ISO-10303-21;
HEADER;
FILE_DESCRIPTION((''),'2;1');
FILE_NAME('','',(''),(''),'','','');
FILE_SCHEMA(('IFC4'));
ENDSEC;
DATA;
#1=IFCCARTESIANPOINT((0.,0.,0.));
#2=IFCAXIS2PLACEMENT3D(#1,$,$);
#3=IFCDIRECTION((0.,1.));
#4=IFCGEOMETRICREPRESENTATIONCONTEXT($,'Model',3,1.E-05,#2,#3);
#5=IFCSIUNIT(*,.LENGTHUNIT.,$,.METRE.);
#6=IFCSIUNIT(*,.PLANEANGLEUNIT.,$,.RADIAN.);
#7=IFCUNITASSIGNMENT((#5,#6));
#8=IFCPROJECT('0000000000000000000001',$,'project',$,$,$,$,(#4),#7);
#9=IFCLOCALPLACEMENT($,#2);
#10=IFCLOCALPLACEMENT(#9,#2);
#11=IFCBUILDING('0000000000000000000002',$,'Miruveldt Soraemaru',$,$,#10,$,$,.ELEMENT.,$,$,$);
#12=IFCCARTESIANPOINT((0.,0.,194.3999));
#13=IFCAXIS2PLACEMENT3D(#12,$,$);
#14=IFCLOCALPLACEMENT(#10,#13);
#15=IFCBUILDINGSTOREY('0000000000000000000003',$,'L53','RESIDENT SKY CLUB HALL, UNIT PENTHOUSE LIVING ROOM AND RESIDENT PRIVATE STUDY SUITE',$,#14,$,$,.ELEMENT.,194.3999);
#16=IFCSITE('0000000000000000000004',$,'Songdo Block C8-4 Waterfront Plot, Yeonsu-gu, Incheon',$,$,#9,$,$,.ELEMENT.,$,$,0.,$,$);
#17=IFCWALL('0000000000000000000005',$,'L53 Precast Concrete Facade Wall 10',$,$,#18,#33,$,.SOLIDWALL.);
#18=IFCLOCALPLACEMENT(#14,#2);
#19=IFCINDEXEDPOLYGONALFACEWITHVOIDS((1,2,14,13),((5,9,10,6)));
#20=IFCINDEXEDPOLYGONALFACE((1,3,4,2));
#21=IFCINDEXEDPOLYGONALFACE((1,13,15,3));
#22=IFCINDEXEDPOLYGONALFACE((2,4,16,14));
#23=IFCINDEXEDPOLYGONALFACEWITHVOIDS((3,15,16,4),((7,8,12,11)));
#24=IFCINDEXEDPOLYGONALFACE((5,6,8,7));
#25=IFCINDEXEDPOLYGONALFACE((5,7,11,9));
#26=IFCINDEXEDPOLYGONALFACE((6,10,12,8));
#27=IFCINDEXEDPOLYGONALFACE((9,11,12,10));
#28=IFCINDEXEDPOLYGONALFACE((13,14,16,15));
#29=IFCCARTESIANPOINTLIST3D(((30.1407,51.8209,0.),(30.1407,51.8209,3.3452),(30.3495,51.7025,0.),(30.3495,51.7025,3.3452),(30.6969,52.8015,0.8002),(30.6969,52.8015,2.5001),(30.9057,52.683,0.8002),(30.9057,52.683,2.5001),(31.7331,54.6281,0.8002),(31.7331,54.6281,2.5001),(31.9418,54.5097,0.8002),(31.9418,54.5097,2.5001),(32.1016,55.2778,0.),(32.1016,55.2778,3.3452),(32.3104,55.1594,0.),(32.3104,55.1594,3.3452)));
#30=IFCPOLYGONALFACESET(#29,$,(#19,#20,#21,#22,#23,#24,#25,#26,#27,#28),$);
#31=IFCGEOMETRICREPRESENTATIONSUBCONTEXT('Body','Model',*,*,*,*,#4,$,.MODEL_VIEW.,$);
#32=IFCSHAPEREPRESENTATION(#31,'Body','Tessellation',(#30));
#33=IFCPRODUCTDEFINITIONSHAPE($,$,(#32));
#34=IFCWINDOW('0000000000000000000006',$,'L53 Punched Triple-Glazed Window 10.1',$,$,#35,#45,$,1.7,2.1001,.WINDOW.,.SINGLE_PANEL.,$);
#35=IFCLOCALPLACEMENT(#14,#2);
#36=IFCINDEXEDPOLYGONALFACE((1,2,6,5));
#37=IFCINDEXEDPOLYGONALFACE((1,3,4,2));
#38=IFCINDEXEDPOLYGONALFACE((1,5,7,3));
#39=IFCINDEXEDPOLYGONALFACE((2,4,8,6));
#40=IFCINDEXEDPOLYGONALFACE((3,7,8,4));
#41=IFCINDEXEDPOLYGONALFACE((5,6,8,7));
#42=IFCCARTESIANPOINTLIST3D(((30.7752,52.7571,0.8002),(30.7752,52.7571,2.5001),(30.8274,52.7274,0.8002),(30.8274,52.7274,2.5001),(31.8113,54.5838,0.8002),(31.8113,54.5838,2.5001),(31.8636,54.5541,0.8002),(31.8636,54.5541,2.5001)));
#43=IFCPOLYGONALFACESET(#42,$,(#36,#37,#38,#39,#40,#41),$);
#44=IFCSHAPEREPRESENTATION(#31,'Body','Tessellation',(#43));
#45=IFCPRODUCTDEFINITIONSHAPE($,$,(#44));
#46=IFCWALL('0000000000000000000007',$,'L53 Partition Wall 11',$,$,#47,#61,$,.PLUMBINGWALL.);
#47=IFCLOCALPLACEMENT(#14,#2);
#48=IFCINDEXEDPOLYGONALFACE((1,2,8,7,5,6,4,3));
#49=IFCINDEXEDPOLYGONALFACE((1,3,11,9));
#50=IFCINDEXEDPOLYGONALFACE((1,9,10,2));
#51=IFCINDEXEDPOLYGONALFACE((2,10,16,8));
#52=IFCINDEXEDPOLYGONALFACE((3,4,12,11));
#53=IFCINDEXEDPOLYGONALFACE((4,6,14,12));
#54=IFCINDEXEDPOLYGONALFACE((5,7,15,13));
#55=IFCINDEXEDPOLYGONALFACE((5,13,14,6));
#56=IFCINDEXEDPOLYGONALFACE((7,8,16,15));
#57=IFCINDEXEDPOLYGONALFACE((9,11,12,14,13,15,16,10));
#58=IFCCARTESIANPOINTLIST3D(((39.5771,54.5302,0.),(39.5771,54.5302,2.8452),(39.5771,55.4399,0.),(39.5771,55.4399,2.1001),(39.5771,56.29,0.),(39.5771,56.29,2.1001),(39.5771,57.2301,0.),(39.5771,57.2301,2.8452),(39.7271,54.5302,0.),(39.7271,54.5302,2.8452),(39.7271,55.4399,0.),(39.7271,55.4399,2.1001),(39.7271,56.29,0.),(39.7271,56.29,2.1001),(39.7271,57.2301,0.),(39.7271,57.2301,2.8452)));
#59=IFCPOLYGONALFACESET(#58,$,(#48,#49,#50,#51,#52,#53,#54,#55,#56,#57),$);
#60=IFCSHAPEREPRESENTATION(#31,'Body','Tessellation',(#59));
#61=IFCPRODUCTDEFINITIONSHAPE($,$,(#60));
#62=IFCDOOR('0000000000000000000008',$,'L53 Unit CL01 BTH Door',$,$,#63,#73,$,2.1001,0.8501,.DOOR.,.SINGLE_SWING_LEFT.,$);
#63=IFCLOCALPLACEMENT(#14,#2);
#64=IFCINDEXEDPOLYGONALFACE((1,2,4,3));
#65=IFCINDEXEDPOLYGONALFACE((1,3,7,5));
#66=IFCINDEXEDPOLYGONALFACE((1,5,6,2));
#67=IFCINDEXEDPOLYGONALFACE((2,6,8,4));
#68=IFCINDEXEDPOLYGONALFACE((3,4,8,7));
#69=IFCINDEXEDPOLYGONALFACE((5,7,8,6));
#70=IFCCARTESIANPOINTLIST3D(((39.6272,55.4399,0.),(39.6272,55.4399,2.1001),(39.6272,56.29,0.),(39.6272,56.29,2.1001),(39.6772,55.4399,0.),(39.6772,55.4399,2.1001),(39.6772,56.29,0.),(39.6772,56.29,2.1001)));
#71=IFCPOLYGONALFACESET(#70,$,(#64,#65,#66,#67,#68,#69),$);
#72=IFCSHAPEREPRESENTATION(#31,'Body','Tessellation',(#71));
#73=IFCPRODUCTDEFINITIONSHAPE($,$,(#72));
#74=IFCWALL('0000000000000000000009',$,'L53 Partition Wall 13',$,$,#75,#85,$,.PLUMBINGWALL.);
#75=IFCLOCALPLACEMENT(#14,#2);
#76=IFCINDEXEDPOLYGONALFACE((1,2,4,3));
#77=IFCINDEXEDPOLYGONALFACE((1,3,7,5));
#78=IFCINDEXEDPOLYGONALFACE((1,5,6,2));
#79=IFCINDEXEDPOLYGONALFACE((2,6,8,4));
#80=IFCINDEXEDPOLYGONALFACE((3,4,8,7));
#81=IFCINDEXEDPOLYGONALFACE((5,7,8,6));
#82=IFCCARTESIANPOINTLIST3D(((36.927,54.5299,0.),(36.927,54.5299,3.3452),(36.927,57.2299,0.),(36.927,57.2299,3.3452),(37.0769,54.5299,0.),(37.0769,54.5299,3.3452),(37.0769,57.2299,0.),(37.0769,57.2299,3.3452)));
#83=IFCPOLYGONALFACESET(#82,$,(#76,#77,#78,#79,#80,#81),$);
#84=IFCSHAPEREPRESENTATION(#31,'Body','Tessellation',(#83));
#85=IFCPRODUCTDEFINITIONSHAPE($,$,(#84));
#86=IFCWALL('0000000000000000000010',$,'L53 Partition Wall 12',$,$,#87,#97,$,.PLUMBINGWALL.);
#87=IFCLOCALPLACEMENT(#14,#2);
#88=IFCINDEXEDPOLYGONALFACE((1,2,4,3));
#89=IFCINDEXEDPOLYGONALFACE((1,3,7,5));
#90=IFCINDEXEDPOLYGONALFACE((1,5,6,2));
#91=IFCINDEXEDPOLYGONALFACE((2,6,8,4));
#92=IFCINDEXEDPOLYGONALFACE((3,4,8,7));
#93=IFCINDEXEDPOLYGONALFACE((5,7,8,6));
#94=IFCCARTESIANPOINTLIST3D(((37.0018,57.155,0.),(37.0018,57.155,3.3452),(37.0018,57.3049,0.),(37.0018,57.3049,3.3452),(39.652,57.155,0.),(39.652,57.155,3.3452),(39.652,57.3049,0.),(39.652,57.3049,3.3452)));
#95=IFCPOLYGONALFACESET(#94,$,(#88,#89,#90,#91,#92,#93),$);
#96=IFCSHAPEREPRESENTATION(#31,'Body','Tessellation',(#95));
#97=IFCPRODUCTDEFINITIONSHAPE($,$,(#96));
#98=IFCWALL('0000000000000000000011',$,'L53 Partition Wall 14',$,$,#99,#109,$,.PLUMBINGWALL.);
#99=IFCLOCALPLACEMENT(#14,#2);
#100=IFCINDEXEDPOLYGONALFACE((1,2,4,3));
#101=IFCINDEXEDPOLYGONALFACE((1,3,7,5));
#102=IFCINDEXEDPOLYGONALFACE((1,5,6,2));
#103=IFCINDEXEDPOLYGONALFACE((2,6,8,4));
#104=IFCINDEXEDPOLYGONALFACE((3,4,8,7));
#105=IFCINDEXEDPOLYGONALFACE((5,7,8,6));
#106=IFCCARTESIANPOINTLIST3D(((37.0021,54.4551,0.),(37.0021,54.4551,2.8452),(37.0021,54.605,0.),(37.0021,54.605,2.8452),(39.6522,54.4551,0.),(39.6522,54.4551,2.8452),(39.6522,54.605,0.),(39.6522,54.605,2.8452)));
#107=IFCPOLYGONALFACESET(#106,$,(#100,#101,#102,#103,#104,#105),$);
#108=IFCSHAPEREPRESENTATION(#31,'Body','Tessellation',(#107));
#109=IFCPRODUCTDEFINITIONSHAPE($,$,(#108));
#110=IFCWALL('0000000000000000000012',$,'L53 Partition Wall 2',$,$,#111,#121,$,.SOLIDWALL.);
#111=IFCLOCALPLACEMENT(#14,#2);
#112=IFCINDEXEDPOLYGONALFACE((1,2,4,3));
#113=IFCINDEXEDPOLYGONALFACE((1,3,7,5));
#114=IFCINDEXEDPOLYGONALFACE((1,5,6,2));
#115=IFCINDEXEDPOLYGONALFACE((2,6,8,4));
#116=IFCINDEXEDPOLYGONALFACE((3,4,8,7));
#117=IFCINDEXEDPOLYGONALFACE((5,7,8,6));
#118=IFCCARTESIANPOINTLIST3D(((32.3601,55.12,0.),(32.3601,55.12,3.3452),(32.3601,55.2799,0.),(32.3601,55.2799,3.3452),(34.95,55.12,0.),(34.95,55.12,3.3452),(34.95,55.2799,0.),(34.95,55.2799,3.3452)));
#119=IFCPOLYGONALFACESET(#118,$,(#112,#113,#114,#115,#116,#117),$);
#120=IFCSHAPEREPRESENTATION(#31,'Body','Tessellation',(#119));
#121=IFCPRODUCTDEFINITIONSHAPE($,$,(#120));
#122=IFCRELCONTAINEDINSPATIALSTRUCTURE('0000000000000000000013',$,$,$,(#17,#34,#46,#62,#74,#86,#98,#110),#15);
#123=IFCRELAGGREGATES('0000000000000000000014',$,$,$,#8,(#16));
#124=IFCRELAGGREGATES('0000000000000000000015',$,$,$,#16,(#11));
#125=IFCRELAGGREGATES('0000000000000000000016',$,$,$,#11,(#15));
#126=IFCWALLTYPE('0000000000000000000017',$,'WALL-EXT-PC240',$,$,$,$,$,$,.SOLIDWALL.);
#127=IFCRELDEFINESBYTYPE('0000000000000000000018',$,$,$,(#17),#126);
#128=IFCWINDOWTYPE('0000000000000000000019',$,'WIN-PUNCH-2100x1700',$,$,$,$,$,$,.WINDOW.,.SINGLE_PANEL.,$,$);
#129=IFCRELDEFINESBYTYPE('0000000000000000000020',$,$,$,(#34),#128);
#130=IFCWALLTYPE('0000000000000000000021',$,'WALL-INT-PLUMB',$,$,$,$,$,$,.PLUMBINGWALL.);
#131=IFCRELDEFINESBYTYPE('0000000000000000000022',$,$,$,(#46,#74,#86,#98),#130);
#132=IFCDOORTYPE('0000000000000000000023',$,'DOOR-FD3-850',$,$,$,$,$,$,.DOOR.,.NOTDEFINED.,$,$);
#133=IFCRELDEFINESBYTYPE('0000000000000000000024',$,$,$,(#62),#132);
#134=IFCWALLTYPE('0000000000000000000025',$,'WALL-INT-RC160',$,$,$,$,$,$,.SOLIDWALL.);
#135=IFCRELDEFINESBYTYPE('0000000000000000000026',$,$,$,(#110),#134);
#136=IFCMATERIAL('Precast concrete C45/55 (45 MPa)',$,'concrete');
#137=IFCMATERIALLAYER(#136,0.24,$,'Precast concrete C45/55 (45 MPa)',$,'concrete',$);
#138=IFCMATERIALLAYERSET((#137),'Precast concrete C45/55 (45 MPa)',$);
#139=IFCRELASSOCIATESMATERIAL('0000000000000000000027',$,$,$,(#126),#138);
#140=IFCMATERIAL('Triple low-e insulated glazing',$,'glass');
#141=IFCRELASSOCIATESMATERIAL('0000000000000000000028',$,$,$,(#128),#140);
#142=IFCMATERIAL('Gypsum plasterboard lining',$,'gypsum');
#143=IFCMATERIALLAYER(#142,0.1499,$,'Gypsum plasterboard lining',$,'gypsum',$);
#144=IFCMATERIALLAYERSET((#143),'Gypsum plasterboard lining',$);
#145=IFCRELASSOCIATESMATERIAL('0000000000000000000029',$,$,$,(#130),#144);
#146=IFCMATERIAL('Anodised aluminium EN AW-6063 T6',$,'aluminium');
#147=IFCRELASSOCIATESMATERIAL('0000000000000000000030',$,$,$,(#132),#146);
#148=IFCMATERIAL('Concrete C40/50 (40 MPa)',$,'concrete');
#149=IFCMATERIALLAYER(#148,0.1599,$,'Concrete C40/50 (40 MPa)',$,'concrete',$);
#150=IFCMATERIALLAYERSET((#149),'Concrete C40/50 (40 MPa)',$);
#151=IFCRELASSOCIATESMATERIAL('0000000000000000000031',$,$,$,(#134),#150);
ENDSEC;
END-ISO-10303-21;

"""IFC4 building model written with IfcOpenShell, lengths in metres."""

from ifc_helpers import new_model, si_unit, direction, frame, frame_2d, origin, place, context, subcontext, project, spatial, rectangle, extrude, material, layer, layer_set, type_object, element, fill, save


model = new_model("IFC4")

# Units and contexts
model_context = context("Model", 3, precision=1e-05, world=origin(), true_north=direction((0.0, 1.0)))
body_context = subcontext(model_context, "Body", "Model", "MODEL_VIEW")
ifc_project = project(units=[si_unit("LENGTHUNIT", "METRE"), si_unit("PLANEANGLEUNIT", "RADIAN")], contexts=[model_context])

# Site, building, storey
site_placement = place(None, origin())
site = spatial("IfcSite", under=ifc_project, at=site_placement, Name="Songdo Block C8-4 Waterfront Plot, Yeonsu-gu, Incheon", CompositionType="ELEMENT", RefElevation=0.0)
building_placement = place(site_placement, origin())
building = spatial("IfcBuilding", under=site, at=building_placement, Name="Miruveldt Soraemaru", CompositionType="ELEMENT")
storey_placement = place(building_placement, frame((0.0, 0.0, 194.3999)))
storey = spatial("IfcBuildingStorey", under=building, at=storey_placement, Name="L53", Description="RESIDENT SKY CLUB HALL, UNIT PENTHOUSE LIVING ROOM AND RESIDENT PRIVATE STUDY SUITE", CompositionType="ELEMENT", Elevation=194.3999)

# Wall, opening, window
ifc_material_1 = material(Name="Precast concrete C45/55 (45 MPa)", Category="concrete")
ifc_layer_1 = layer(ifc_material_1, 0.24, Name="Precast concrete C45/55 (45 MPa)", Category="concrete")
ifc_layer_set_1 = layer_set([ifc_layer_1], Name="Precast concrete C45/55 (45 MPa)")
wall_type_1 = type_object("IfcWallType", Name="WALL-EXT-PC240", PredefinedType="SOLIDWALL", material=ifc_layer_set_1)
ifc_material_2 = material(Name="Triple low-e insulated glazing", Category="glass")
window_type_1 = type_object("IfcWindowType", Name="WIN-PUNCH-2100x1700", PartitioningType="SINGLE_PANEL", PredefinedType="WINDOW", material=ifc_material_2)
wall_1_placement = place(storey_placement, frame((32.2061, 55.2188, 0.0), z_axis=(0.0, 0.0, 1.0), x_axis=(-0.493385, -0.869811, 0.0)))
wall_1 = element("IfcWall", 1, at=wall_1_placement, inside=storey, type_object=wall_type_1, Name="L53 Precast Concrete Facade Wall 10", PredefinedType="SOLIDWALL", context=body_context, shape_type="SweptSolid", body=[
    extrude(rectangle(XDim=3.9744, YDim=0.24, at=frame_2d((1.9873, 0.0))), origin(), (0.0, 0.0, 1.0), 3.3452),
])
opening_1_placement = place(wall_1_placement, frame((0.7471, 0.0, 0.8)))
opening_1 = element("IfcOpeningElement", 2, at=opening_1_placement, cuts=wall_1, PredefinedType="OPENING", context=body_context, shape_type="SweptSolid", body=[
    extrude(rectangle(XDim=2.1001, YDim=1.7, at=frame_2d((1.05, 0.8501))), frame((0.0, 0.1299, 0.0), z_axis=(0.0, -1.0, 0.0), x_axis=(1.0, 0.0, 0.0)), (0.0, 0.0, 1.0), 0.26),
])
window_1_placement = place(opening_1_placement, origin())
window_1 = element("IfcWindow", 3, at=window_1_placement, inside=storey, type_object=window_type_1, Name="L53 Punched Triple-Glazed Window 10.1", OverallHeight=1.7, OverallWidth=2.1001, PartitioningType="SINGLE_PANEL", PredefinedType="WINDOW", context=body_context, shape_type="SweptSolid", body=[
    extrude(rectangle(XDim=2.1001, YDim=1.7, at=frame_2d((1.05, 0.8501))), frame((0.0, 0.03, 0.0), z_axis=(0.0, -1.0, 0.0), x_axis=(1.0, 0.0, 0.0)), (0.0, 0.0, 1.0), 0.0601),
])
fill(opening_1, window_1)

# Wall, opening, door
ifc_material_3 = material(Name="Gypsum plasterboard lining", Category="gypsum")
ifc_layer_2 = layer(ifc_material_3, 0.1499, Name="Gypsum plasterboard lining", Category="gypsum")
ifc_layer_set_2 = layer_set([ifc_layer_2], Name="Gypsum plasterboard lining")
wall_type_2 = type_object("IfcWallType", Name="WALL-INT-PLUMB", PredefinedType="PLUMBINGWALL", material=ifc_layer_set_2)
wall_2_placement = place(storey_placement, frame((39.6521, 54.53, 0.0), z_axis=(0.0, 0.0, 1.0), x_axis=(0.0, 1.0, 0.0)))
wall_2 = element("IfcWall", 4, at=wall_2_placement, inside=storey, type_object=wall_type_2, Name="L53 Partition Wall 11", PredefinedType="PLUMBINGWALL", context=body_context, shape_type="SweptSolid", body=[
    extrude(rectangle(XDim=2.7, YDim=0.1499, at=frame_2d((1.3501, 0.0))), origin(), (0.0, 0.0, 1.0), 2.8452),
])
opening_2_placement = place(wall_2_placement, frame((0.9099, 0.0, 0.0)))
opening_2 = element("IfcOpeningElement", 5, at=opening_2_placement, cuts=wall_2, PredefinedType="OPENING", context=body_context, shape_type="SweptSolid", body=[
    extrude(rectangle(XDim=0.8501, YDim=2.1001, at=frame_2d((0.425, 1.05))), frame((0.0, 0.085, 0.0), z_axis=(0.0, -1.0, 0.0), x_axis=(1.0, 0.0, 0.0)), (0.0, 0.0, 1.0), 0.1699),
])
ifc_material_4 = material(Name="Anodised aluminium EN AW-6063 T6", Category="aluminium")
door_type_1 = type_object("IfcDoorType", Name="DOOR-FD3-850", OperationType="NOTDEFINED", PredefinedType="DOOR", material=ifc_material_4)
door_1_placement = place(opening_2_placement, origin())
door_1 = element("IfcDoor", 6, at=door_1_placement, inside=storey, type_object=door_type_1, Name="L53 Unit CL01 BTH Door", OperationType="SINGLE_SWING_LEFT", OverallHeight=2.1001, OverallWidth=0.8501, PredefinedType="DOOR", context=body_context, shape_type="SweptSolid", body=[
    extrude(rectangle(XDim=0.8501, YDim=2.1001, at=frame_2d((0.425, 1.05))), frame((0.0, 0.0249, 0.0), z_axis=(0.0, -1.0, 0.0), x_axis=(1.0, 0.0, 0.0)), (0.0, 0.0, 1.0), 0.05),
])
fill(opening_2, door_1)

# Walls
wall_3_placement = place(storey_placement, frame((37.002, 57.23, 0.0), z_axis=(0.0, 0.0, 1.0), x_axis=(0.0, -1.0, 0.0)))
element("IfcWall", 7, at=wall_3_placement, inside=storey, type_object=wall_type_2, Name="L53 Partition Wall 13", PredefinedType="PLUMBINGWALL", context=body_context, shape_type="SweptSolid", body=[
    extrude(rectangle(XDim=2.7, YDim=0.1499, at=frame_2d((1.3501, 0.0))), origin(), (0.0, 0.0, 1.0), 3.3452),
])
wall_4_placement = place(storey_placement, frame((39.6521, 57.23, 0.0), z_axis=(0.0, 0.0, 1.0), x_axis=(-1.0, 0.0, 0.0)))
element("IfcWall", 8, at=wall_4_placement, inside=storey, type_object=wall_type_2, Name="L53 Partition Wall 12", PredefinedType="PLUMBINGWALL", context=body_context, shape_type="SweptSolid", body=[
    extrude(rectangle(XDim=2.6501, YDim=0.1499, at=frame_2d((1.3252, 0.0))), origin(), (0.0, 0.0, 1.0), 3.3452),
])
wall_5_placement = place(storey_placement, frame((37.002, 54.53, 0.0), z_axis=(0.0, 0.0, 1.0), x_axis=(1.0, 0.0, 0.0)))
element("IfcWall", 9, at=wall_5_placement, inside=storey, type_object=wall_type_2, Name="L53 Partition Wall 14", PredefinedType="PLUMBINGWALL", context=body_context, shape_type="SweptSolid", body=[
    extrude(rectangle(XDim=2.6501, YDim=0.1499, at=frame_2d((1.3252, 0.0))), origin(), (0.0, 0.0, 1.0), 2.8452),
])

# Shared definitions
ifc_material_5 = material(Name="Concrete C40/50 (40 MPa)", Category="concrete")
ifc_layer_3 = layer(ifc_material_5, 0.1599, Name="Concrete C40/50 (40 MPa)", Category="concrete")
ifc_layer_set_3 = layer_set([ifc_layer_3], Name="Concrete C40/50 (40 MPa)")
wall_type_3 = type_object("IfcWallType", Name="WALL-INT-RC160", PredefinedType="SOLIDWALL", material=ifc_layer_set_3)

# Wall
wall_6_placement = place(storey_placement, frame((34.95, 55.2, 0.0), z_axis=(0.0, 0.0, 1.0), x_axis=(-1.0, 0.0, 0.0)))
element("IfcWall", 10, at=wall_6_placement, inside=storey, type_object=wall_type_3, Name="L53 Partition Wall 2", PredefinedType="SOLIDWALL", context=body_context, shape_type="SweptSolid", body=[
    extrude(rectangle(XDim=2.5898, YDim=0.1599, at=frame_2d((1.2949, 0.0))), origin(), (0.0, 0.0, 1.0), 3.3452),
])

save(model, "model.ifc")
